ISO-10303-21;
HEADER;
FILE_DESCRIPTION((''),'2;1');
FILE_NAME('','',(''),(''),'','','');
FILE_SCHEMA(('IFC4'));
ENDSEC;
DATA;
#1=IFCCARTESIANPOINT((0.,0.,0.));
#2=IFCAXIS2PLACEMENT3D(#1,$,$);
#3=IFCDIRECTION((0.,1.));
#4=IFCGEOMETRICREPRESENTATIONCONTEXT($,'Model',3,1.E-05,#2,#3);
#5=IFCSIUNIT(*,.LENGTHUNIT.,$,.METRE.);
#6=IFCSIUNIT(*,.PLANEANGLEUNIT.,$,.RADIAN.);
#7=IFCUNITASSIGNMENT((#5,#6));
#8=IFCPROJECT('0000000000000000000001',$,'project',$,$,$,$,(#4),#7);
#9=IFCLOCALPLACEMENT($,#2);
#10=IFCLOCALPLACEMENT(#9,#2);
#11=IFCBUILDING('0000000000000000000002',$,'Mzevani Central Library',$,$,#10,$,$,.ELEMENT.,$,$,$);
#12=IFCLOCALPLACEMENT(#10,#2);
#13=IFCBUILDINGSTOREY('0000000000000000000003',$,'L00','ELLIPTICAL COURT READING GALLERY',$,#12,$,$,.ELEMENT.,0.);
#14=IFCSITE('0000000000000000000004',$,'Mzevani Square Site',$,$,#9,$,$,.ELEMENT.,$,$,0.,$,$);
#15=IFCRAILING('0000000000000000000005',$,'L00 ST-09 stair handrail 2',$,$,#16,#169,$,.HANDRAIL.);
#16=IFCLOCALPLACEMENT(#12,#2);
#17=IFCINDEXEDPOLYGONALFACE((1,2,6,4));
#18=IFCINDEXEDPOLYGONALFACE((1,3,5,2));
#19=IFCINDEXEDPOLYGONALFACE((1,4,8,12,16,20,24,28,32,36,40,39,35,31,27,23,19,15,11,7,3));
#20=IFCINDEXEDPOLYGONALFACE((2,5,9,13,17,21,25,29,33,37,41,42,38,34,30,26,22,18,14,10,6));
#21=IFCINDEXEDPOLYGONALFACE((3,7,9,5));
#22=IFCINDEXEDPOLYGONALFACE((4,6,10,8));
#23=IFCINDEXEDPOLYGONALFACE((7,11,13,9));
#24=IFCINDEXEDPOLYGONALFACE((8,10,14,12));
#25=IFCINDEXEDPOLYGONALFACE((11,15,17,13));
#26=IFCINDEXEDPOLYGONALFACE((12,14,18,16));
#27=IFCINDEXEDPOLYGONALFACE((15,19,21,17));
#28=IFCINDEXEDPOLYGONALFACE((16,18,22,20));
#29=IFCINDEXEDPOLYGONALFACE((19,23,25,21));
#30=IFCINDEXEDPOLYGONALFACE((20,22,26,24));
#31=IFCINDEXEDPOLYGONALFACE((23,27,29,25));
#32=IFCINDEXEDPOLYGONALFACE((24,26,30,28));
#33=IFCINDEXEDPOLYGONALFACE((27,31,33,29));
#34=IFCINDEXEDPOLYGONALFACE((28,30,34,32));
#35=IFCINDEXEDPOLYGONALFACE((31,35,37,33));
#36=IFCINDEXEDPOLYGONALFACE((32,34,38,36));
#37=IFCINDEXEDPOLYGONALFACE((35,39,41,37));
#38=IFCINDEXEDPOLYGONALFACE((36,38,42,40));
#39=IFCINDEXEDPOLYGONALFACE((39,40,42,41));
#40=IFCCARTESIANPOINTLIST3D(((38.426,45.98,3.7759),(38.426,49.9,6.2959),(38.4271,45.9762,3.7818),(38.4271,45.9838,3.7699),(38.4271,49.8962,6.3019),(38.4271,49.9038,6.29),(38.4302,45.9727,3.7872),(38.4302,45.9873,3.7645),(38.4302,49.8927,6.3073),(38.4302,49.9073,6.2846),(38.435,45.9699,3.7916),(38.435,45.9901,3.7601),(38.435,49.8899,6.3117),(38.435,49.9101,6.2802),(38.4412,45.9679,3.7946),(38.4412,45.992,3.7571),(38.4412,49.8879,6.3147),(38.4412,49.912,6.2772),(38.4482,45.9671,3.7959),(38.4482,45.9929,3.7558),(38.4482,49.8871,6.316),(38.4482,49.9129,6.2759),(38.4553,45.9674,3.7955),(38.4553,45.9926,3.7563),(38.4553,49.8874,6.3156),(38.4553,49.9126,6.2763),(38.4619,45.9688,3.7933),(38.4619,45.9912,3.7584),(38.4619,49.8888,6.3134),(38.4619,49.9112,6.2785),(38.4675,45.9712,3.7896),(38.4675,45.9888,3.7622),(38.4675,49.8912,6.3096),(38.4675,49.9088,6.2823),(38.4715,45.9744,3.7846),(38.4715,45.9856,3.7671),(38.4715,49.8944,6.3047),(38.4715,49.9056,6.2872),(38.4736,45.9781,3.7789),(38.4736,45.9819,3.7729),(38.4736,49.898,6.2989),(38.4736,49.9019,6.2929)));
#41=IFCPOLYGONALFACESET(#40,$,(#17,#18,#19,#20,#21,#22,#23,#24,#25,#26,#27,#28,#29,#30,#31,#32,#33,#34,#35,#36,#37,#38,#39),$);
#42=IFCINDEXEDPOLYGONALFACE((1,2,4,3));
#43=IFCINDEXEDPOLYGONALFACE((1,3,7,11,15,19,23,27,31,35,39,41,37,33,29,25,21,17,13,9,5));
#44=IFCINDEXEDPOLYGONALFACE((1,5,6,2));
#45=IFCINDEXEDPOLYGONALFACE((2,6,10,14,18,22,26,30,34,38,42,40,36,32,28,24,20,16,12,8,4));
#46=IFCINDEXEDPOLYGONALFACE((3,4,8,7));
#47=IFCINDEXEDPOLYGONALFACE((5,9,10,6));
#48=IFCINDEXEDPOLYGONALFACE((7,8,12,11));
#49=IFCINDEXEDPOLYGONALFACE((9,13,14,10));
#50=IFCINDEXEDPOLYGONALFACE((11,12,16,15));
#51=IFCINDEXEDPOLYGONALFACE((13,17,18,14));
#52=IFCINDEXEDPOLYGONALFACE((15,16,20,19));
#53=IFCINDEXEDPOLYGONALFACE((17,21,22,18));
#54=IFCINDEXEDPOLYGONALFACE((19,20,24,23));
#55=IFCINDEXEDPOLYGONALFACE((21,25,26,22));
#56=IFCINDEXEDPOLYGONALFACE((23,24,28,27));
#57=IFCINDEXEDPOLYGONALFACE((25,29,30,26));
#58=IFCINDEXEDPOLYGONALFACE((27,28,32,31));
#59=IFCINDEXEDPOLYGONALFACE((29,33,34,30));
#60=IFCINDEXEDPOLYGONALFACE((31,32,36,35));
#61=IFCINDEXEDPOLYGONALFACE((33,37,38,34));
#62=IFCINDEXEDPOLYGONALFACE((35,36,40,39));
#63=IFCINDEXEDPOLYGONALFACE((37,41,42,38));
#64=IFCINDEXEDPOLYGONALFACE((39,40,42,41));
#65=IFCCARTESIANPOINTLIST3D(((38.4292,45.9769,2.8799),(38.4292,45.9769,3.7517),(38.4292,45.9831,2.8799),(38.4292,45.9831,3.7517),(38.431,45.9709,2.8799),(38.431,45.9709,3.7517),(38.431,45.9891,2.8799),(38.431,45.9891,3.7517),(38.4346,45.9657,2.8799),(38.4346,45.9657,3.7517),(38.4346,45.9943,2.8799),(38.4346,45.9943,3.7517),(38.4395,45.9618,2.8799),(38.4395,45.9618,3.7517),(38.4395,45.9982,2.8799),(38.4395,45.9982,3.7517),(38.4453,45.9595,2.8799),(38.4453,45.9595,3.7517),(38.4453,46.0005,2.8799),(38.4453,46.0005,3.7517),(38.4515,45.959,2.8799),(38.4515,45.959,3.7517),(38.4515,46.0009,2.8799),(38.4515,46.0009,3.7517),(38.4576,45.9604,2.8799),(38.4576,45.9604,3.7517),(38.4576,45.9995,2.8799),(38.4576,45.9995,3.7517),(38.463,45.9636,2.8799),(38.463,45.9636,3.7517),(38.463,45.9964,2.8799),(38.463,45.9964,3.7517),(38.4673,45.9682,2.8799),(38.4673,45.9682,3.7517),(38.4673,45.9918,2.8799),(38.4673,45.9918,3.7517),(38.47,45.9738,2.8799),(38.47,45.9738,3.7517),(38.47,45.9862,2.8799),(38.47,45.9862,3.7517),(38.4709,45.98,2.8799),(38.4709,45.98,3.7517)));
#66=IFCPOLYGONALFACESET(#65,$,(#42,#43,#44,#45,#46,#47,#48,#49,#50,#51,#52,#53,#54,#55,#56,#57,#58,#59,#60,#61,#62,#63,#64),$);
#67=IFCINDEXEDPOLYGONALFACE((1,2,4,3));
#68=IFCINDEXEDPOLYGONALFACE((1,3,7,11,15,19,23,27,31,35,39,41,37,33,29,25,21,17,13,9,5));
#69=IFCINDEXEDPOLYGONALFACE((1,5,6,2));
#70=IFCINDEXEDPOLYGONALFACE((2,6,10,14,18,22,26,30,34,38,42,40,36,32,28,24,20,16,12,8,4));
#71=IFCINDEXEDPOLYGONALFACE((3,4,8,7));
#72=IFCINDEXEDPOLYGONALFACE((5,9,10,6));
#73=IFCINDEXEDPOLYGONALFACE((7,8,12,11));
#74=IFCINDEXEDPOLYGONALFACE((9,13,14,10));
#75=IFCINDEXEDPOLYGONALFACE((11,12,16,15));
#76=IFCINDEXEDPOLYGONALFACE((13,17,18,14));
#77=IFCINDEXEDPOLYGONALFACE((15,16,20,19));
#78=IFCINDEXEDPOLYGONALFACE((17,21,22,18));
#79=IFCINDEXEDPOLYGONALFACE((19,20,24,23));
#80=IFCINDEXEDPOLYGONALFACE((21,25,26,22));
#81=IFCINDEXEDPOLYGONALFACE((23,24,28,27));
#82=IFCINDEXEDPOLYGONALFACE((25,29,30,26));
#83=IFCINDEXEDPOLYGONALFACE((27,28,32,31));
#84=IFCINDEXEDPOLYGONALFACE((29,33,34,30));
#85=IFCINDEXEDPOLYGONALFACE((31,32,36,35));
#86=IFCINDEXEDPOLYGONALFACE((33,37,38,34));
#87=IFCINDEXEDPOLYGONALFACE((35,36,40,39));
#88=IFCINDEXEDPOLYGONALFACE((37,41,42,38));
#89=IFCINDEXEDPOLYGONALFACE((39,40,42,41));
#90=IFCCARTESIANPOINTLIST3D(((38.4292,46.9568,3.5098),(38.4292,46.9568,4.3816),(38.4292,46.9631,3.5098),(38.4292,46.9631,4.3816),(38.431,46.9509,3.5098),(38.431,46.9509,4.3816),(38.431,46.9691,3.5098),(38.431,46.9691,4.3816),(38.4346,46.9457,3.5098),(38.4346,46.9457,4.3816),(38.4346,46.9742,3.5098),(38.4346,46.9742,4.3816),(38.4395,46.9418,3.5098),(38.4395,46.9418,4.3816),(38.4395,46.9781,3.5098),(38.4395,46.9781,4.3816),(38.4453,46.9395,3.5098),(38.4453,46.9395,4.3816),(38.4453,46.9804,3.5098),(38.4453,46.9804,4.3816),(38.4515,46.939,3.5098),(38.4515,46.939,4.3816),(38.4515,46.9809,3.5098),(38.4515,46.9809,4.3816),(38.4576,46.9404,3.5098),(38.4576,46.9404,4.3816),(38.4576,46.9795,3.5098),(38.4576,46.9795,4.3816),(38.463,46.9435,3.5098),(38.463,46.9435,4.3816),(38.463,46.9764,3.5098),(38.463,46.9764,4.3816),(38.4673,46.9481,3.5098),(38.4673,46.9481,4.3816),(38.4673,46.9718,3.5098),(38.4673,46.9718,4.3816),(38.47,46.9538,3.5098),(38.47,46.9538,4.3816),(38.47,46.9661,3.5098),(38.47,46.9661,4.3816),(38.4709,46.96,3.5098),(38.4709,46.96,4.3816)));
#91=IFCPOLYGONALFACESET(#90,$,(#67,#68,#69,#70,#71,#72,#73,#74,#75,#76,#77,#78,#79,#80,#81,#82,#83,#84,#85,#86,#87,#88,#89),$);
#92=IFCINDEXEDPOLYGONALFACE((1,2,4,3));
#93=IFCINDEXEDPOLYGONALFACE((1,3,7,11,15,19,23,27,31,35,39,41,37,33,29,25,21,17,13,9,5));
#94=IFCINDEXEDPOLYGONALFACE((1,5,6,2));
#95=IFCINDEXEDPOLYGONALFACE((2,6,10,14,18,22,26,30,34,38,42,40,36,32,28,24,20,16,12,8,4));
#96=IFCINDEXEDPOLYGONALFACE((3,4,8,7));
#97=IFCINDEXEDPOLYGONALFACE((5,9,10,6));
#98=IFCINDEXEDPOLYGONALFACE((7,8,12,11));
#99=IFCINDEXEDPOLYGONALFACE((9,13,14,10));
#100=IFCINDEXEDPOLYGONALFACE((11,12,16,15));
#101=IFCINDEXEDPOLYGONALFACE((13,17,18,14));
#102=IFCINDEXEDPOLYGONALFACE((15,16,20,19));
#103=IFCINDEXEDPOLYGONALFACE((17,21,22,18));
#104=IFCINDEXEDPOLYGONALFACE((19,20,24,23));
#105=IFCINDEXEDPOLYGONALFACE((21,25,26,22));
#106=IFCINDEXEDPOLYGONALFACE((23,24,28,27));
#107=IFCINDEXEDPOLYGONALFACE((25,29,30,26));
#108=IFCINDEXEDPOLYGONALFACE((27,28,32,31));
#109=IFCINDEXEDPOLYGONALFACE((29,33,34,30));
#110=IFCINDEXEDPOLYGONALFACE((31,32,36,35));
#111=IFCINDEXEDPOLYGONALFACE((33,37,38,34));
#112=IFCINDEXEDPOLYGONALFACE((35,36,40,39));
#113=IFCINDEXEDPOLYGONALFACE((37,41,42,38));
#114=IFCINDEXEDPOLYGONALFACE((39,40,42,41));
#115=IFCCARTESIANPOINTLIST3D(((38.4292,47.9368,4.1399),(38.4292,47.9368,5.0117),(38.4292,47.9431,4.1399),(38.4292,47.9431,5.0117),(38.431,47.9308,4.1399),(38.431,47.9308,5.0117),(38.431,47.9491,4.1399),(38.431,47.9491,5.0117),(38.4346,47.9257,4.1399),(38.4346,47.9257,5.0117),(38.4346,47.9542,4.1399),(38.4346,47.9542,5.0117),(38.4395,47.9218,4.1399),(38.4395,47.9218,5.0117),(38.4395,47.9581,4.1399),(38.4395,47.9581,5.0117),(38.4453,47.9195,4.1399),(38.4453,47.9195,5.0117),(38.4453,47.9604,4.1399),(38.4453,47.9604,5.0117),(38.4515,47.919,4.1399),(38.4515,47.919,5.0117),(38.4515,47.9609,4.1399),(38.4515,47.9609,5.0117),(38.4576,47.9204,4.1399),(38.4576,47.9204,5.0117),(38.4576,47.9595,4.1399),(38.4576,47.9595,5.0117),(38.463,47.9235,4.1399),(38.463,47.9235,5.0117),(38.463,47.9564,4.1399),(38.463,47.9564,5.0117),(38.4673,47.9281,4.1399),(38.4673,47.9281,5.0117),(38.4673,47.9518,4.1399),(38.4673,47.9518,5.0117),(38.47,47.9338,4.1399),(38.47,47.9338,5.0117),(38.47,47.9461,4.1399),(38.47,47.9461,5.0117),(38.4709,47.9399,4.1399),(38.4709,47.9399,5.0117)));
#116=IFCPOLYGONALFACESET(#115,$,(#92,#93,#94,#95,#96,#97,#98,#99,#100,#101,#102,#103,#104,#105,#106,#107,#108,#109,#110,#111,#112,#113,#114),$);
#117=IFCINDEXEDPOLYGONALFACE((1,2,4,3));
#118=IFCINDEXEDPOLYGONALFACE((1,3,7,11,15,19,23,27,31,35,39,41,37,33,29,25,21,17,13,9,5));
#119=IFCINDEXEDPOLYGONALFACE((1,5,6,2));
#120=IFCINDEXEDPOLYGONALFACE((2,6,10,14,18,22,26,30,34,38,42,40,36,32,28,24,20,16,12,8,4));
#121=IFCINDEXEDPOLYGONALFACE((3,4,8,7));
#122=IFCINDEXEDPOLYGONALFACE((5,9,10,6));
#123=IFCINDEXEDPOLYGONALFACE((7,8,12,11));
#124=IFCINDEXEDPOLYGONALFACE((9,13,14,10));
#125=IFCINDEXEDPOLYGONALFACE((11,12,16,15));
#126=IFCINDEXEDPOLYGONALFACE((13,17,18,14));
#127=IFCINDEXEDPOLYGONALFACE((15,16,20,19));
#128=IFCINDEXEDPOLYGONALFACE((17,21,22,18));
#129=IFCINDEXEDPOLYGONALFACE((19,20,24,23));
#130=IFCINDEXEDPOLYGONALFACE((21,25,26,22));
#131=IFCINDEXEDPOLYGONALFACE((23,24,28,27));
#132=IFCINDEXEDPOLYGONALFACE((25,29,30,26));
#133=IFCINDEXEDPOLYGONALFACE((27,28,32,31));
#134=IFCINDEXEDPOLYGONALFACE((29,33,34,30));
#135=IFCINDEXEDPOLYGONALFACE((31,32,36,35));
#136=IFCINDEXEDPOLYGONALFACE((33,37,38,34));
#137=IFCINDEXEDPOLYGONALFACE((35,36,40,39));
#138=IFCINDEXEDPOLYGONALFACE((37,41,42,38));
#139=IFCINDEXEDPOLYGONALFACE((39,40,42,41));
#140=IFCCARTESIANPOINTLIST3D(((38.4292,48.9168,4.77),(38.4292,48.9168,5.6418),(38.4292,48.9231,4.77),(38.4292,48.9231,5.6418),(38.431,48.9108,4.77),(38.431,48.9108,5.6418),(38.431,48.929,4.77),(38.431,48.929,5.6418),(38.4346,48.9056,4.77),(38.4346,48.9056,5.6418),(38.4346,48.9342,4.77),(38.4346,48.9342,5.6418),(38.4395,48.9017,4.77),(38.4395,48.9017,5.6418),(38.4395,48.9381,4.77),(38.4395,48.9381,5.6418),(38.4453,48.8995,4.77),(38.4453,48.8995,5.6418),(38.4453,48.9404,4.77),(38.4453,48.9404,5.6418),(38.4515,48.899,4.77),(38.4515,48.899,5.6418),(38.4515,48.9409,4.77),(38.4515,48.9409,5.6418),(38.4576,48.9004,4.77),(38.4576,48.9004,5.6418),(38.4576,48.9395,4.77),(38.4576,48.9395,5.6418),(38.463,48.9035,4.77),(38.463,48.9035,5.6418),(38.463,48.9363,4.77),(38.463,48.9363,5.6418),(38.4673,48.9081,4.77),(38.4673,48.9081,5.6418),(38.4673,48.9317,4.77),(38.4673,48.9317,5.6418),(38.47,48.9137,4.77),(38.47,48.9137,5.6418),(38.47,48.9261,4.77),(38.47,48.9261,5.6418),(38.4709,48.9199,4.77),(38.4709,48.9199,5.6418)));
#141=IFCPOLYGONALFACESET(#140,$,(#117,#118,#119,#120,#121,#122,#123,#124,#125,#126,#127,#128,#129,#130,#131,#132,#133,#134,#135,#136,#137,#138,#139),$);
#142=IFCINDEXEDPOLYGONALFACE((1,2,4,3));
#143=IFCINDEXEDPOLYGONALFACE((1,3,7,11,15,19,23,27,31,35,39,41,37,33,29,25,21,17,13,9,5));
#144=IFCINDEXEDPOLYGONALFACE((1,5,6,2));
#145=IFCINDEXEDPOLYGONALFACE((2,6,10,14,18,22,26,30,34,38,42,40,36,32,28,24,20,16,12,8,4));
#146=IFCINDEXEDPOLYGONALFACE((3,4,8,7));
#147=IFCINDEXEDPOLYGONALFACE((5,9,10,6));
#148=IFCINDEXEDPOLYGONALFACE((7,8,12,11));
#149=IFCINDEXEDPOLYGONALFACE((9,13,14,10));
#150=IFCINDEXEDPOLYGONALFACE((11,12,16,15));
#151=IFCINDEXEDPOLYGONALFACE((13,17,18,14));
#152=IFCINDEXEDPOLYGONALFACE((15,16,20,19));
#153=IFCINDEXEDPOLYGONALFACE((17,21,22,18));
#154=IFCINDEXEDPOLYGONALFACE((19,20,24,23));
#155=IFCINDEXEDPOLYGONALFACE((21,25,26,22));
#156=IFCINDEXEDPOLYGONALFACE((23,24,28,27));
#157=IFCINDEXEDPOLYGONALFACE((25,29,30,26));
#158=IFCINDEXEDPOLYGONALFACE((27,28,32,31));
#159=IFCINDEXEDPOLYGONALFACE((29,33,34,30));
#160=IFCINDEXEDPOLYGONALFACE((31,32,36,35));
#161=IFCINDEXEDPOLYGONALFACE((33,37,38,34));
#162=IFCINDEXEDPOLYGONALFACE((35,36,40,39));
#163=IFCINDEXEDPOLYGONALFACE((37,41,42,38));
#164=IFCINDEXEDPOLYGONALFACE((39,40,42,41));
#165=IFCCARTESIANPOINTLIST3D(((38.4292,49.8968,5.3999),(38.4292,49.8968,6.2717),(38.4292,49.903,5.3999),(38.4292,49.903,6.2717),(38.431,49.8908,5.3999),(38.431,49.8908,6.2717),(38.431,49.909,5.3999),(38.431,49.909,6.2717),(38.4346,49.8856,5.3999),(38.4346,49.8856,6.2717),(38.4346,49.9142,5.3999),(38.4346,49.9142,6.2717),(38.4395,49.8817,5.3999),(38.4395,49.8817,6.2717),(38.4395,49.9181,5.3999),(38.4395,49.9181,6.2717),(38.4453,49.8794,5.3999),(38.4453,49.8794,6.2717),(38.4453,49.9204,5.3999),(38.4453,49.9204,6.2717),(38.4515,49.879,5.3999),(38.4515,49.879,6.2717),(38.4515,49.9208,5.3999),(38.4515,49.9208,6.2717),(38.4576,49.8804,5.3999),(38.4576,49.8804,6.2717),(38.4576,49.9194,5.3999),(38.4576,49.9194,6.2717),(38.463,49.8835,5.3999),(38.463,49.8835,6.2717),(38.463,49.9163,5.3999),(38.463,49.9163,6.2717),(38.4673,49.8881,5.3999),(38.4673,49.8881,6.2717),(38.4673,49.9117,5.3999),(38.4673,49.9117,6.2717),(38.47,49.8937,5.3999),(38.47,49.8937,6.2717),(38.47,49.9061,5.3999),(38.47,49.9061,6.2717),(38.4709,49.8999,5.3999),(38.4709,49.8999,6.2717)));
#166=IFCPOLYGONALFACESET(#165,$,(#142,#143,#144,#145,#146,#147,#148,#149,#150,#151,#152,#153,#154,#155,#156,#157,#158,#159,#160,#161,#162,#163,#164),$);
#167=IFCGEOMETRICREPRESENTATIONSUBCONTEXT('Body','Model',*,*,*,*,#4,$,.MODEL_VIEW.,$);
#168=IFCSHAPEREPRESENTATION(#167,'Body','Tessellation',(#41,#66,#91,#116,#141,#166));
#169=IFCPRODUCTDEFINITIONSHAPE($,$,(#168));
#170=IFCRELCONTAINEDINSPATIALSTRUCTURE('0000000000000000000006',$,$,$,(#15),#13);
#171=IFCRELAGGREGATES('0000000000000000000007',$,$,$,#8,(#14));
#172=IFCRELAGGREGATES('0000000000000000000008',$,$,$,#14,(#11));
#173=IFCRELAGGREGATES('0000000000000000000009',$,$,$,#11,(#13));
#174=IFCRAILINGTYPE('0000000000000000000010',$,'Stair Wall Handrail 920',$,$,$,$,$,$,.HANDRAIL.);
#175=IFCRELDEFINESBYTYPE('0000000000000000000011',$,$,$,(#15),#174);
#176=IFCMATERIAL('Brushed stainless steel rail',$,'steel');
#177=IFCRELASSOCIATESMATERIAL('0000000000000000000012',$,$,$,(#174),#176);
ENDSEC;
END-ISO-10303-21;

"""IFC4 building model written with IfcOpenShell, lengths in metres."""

from ifc_helpers import new_model, si_unit, direction, frame, origin, origin_2d, place, context, subcontext, project, spatial, circle, extrude, material, type_object, element, save


model = new_model("IFC4")

# Units and contexts
model_context = context("Model", 3, precision=1e-05, world=origin(), true_north=direction((0.0, 1.0)))
body_context = subcontext(model_context, "Body", "Model", "MODEL_VIEW")
ifc_project = project(units=[si_unit("LENGTHUNIT", "METRE"), si_unit("PLANEANGLEUNIT", "RADIAN")], contexts=[model_context])

# Site, building, storey
site_placement = place(None, origin())
site = spatial("IfcSite", under=ifc_project, at=site_placement, Name="Mzevani Square Site", CompositionType="ELEMENT", RefElevation=0.0)
building_placement = place(site_placement, origin())
building = spatial("IfcBuilding", under=site, at=building_placement, Name="Mzevani Central Library", CompositionType="ELEMENT")
storey_placement = place(building_placement, origin())
storey = spatial("IfcBuildingStorey", under=building, at=storey_placement, Name="L00", Description="ELLIPTICAL COURT READING GALLERY", CompositionType="ELEMENT", Elevation=0.0)

# Shared definitions
ifc_material_1 = material(Name="Brushed stainless steel rail", Category="steel")

# Railing
railing_type_1 = type_object("IfcRailingType", Name="Stair Wall Handrail 920", PredefinedType="HANDRAIL", material=ifc_material_1)
railing_1_placement = place(storey_placement, frame((38.45, 45.98, 2.8799)))
element("IfcRailing", 1, at=railing_1_placement, inside=storey, type_object=railing_type_1, Name="L00 ST-09 stair handrail 2", PredefinedType="HANDRAIL", context=body_context, shape_type="SweptSolid", body=[
    extrude(circle(Radius=0.0239, at=origin_2d()), frame((0.0, 0.0, 0.896), z_axis=(0.0, 0.841172, 0.540768), x_axis=(-1.0, 0.0, 0.0)), (0.0, 0.0, 1.0), 4.6602),
    extrude(circle(Radius=0.021, at=origin_2d()), origin(), (0.0, 0.0, 1.0), 0.8718),
    extrude(circle(Radius=0.021, at=origin_2d()), frame((0.0, 0.98, 0.6299)), (0.0, 0.0, 1.0), 0.8718),
    extrude(circle(Radius=0.021, at=origin_2d()), frame((0.0, 1.96, 1.26)), (0.0, 0.0, 1.0), 0.8718),
    extrude(circle(Radius=0.021, at=origin_2d()), frame((0.0, 2.9399, 1.8901)), (0.0, 0.0, 1.0), 0.8718),
    extrude(circle(Radius=0.021, at=origin_2d()), frame((0.0, 3.9199, 2.52)), (0.0, 0.0, 1.0), 0.8718),
])

save(model, "model.ifc")
